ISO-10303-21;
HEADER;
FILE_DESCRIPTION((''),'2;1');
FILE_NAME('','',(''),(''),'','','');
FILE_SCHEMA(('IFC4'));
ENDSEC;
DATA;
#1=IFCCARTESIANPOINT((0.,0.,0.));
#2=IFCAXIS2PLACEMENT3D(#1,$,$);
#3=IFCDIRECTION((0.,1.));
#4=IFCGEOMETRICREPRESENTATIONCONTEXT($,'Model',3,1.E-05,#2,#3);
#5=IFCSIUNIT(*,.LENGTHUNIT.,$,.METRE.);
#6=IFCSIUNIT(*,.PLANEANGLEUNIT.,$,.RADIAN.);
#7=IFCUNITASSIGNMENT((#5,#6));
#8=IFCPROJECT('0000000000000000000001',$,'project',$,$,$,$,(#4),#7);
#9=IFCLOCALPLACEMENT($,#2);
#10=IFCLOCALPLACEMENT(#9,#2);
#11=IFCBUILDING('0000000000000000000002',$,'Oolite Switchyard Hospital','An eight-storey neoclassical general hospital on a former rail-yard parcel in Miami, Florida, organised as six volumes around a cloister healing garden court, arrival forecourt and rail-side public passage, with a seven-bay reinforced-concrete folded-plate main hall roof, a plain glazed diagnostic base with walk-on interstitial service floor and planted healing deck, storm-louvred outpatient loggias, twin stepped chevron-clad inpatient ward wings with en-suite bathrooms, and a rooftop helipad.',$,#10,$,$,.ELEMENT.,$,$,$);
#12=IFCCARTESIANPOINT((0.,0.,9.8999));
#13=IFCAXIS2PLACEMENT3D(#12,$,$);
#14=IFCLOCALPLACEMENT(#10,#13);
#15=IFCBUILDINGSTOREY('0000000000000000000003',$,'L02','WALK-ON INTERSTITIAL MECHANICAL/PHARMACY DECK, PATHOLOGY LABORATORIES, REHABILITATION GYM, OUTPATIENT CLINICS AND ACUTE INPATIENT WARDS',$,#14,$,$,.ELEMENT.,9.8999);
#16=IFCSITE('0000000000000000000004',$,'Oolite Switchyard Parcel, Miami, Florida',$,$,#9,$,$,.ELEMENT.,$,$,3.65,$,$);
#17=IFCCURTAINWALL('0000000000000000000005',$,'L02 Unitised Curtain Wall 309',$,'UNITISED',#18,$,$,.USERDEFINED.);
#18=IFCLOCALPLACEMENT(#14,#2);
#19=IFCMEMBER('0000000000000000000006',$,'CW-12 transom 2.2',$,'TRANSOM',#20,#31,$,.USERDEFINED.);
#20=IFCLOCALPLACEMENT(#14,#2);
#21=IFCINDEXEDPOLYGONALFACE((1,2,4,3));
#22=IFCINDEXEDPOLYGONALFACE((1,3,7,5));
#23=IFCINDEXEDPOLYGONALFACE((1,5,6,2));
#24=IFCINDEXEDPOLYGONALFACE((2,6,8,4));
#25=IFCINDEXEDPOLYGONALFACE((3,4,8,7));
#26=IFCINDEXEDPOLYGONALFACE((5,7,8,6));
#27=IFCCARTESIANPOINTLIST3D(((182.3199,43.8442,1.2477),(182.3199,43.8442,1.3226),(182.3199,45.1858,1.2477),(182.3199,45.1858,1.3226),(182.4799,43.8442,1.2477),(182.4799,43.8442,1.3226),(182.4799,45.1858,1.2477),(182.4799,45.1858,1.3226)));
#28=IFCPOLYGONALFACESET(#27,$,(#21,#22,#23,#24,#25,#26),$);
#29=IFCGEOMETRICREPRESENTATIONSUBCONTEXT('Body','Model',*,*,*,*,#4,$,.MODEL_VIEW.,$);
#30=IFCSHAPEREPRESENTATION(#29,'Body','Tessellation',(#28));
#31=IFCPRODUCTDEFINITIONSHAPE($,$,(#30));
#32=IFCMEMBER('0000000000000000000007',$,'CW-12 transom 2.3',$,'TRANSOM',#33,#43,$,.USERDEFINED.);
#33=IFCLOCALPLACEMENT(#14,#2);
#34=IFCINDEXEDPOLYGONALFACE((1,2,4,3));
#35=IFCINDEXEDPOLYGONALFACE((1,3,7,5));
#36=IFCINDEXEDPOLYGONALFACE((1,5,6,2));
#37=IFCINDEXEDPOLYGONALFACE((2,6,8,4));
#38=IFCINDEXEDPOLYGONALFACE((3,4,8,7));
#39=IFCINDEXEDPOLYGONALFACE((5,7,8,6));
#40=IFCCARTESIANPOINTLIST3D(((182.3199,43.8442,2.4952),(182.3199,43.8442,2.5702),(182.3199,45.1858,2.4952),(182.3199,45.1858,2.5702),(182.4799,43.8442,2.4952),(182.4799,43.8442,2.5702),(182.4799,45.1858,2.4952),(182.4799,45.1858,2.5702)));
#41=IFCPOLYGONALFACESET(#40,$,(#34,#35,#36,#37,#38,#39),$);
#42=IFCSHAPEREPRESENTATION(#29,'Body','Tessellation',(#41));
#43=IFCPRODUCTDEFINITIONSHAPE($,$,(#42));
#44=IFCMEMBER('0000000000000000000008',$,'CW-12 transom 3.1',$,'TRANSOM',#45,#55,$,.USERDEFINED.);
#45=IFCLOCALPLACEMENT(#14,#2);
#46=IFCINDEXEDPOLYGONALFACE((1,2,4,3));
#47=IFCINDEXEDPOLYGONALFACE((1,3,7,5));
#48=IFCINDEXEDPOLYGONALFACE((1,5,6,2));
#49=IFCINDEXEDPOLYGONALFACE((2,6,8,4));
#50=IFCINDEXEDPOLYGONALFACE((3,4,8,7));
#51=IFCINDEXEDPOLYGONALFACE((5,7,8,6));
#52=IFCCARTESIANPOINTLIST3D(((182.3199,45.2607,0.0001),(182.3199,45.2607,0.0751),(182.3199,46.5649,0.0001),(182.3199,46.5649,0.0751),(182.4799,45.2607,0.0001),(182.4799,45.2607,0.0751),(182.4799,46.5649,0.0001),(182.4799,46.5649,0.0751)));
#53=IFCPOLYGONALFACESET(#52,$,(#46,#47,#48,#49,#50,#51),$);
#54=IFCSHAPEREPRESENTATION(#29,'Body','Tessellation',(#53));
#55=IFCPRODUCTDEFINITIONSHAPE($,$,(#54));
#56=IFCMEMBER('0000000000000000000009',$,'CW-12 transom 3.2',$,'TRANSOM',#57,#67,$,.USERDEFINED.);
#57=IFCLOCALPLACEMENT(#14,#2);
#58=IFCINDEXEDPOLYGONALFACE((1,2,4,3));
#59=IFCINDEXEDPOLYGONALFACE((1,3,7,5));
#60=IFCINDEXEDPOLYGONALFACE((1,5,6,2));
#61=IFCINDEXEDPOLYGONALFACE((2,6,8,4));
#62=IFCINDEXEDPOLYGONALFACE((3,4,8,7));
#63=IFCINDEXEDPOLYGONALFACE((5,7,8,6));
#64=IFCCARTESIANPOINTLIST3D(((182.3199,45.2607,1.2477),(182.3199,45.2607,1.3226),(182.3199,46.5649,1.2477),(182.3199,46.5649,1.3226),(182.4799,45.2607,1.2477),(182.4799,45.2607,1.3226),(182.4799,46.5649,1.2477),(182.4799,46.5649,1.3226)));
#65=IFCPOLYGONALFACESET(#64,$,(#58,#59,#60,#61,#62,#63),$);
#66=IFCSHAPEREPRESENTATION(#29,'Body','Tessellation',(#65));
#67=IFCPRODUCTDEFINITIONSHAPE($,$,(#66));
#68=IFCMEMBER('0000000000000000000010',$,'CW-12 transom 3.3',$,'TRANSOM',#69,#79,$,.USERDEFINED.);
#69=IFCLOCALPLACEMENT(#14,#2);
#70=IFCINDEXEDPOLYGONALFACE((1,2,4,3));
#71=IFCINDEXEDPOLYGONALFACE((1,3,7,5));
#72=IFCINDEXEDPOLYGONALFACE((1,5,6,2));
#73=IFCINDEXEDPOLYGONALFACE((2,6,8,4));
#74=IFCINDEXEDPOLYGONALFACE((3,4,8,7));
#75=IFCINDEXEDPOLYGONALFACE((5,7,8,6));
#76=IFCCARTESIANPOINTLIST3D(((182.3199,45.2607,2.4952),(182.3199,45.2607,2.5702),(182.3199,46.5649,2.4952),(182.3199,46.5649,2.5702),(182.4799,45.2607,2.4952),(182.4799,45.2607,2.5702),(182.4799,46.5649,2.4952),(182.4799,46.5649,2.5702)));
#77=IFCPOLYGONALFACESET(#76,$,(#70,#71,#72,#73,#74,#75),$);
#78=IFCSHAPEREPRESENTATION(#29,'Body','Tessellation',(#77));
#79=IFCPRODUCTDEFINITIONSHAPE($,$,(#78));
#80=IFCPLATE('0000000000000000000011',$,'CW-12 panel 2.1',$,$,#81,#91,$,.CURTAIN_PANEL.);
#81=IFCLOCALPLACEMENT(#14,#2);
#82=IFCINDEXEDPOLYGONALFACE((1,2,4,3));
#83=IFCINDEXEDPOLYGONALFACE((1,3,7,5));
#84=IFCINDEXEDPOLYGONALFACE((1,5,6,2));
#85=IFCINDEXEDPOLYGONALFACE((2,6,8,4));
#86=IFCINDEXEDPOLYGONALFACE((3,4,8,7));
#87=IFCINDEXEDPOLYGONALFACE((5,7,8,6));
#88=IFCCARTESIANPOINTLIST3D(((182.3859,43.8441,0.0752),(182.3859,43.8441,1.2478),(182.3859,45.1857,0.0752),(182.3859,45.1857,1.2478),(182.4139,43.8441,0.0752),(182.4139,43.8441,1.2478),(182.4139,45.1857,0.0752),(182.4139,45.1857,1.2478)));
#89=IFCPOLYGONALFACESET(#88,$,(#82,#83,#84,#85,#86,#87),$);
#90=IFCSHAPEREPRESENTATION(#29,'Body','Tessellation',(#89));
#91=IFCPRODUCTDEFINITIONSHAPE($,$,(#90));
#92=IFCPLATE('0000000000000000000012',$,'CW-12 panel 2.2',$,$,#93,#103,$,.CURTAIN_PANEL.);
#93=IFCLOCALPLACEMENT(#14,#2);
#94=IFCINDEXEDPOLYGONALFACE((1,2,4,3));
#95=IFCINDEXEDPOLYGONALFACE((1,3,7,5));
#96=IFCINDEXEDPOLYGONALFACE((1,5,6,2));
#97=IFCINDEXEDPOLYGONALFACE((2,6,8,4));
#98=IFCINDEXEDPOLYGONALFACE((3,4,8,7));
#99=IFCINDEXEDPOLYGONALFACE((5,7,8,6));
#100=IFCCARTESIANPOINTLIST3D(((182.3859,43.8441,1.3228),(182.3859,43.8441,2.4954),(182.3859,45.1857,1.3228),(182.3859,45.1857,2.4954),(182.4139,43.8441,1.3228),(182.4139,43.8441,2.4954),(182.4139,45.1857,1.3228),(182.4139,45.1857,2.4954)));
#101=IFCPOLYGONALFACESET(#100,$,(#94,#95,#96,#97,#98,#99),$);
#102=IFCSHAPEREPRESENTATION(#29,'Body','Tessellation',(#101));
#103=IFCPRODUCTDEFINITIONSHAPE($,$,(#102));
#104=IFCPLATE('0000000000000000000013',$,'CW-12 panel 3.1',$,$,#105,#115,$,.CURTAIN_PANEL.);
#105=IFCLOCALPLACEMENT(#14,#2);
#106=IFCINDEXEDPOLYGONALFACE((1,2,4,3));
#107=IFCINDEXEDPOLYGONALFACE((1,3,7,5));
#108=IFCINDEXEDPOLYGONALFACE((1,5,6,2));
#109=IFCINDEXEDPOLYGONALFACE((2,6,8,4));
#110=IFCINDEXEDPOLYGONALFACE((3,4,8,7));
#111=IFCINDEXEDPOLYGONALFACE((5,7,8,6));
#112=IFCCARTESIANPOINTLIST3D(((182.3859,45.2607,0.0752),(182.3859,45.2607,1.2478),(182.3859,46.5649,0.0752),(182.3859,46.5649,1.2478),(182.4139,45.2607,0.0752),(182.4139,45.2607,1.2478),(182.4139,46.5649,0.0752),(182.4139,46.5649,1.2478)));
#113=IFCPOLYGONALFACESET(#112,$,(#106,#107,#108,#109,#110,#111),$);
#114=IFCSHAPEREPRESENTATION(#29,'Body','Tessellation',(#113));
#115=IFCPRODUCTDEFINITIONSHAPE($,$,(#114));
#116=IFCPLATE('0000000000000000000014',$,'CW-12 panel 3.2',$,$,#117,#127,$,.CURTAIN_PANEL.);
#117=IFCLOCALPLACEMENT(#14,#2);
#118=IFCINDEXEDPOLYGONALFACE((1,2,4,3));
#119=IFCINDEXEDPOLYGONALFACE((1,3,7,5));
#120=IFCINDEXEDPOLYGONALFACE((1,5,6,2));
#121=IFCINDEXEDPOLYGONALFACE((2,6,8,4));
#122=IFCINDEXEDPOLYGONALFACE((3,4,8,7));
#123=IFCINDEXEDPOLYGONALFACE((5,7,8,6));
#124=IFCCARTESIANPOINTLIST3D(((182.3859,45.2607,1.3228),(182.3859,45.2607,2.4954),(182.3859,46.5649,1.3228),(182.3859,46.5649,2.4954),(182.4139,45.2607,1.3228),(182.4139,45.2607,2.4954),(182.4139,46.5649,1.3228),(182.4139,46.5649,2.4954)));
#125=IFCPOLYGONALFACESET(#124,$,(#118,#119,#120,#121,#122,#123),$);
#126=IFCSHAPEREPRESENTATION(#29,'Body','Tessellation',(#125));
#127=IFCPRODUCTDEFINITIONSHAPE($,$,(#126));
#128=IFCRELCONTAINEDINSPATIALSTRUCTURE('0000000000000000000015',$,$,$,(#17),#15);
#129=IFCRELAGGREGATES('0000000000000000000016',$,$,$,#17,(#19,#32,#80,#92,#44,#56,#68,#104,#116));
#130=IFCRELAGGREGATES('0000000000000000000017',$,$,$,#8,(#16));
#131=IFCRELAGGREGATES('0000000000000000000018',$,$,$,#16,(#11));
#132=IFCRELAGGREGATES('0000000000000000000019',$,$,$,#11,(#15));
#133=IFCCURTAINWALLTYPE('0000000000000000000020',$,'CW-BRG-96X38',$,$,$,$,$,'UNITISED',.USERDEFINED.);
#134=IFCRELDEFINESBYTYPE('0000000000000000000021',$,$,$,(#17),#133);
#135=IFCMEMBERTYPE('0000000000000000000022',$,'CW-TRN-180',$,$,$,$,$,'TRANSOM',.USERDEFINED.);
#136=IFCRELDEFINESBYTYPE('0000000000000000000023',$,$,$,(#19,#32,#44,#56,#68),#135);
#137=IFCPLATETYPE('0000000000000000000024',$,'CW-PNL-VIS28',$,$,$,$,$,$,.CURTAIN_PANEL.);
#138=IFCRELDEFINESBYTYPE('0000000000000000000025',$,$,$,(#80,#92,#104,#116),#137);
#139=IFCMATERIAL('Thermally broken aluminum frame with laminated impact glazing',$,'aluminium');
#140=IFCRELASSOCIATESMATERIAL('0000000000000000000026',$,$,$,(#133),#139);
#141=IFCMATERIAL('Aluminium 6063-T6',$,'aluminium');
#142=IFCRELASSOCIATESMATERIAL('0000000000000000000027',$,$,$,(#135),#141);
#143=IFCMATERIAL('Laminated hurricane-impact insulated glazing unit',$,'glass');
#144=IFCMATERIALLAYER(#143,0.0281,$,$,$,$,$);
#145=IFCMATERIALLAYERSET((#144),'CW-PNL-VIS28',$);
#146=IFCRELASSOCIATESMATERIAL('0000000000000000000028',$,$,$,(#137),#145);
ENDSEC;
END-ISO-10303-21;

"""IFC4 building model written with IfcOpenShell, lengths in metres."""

from ifc_helpers import new_model, si_unit, direction, frame, origin, origin_2d, place, context, subcontext, project, spatial, rectangle, extrude, material, layer, layer_set, material_profile, profile_set, type_object, element, aggregate, save


model = new_model("IFC4")

# Units and contexts
model_context = context("Model", 3, precision=1e-05, world=origin(), true_north=direction((0.0, 1.0)))
body_context = subcontext(model_context, "Body", "Model", "MODEL_VIEW")
ifc_project = project(units=[si_unit("LENGTHUNIT", "METRE"), si_unit("PLANEANGLEUNIT", "RADIAN")], contexts=[model_context])

# Site, building, storey
site_placement = place(None, origin())
site = spatial("IfcSite", under=ifc_project, at=site_placement, Name="Oolite Switchyard Parcel, Miami, Florida", CompositionType="ELEMENT", RefElevation=3.65)
building_placement = place(site_placement, origin())
building = spatial("IfcBuilding", under=site, at=building_placement, Name="Oolite Switchyard Hospital", Description="An eight-storey neoclassical general hospital on a former rail-yard parcel in Miami, Florida, organised as six volumes around a cloister healing garden court, arrival forecourt and rail-side public passage, with a seven-bay reinforced-concrete folded-plate main hall roof, a plain glazed diagnostic base with walk-on interstitial service floor and planted healing deck, storm-louvred outpatient loggias, twin stepped chevron-clad inpatient ward wings with en-suite bathrooms, and a rooftop helipad.", CompositionType="ELEMENT")
storey_placement = place(building_placement, frame((0.0, 0.0, 9.8999)))
storey = spatial("IfcBuildingStorey", under=building, at=storey_placement, Name="L02", Description="WALK-ON INTERSTITIAL MECHANICAL/PHARMACY DECK, PATHOLOGY LABORATORIES, REHABILITATION GYM, OUTPATIENT CLINICS AND ACUTE INPATIENT WARDS", CompositionType="ELEMENT", Elevation=9.8999)

# Curtain wall, members, plates
ifc_material_1 = material(Name="Thermally broken aluminum frame with laminated impact glazing", Category="aluminium")
curtain_wall_type = type_object("IfcCurtainWallType", Name="CW-BRG-96X38", ElementType="UNITISED", PredefinedType="USERDEFINED", material=ifc_material_1)
curtain_wall_placement = place(storey_placement, origin())
curtain_wall = element("IfcCurtainWall", 1, at=curtain_wall_placement, inside=storey, type_object=curtain_wall_type, Name="L02 Unitised Curtain Wall 309", ObjectType="UNITISED", PredefinedType="USERDEFINED")
ifc_material_2 = material(Name="Aluminium 6063-T6", Category="aluminium")
ifc_material_profile_1 = material_profile(ifc_material_2, rectangle(XDim=0.1599, YDim=0.075, at=origin_2d()), Name="CWT75X160")
ifc_profile_set_1 = profile_set([ifc_material_profile_1], Name="Aluminium 6063-T6")
member_type_1 = type_object("IfcMemberType", Name="CW-TRN-180", ElementType="TRANSOM", PredefinedType="USERDEFINED", material=ifc_profile_set_1)
member_1_placement = place(storey_placement, frame((182.3999, 43.8442, 1.2852), z_axis=(0.0, 1.0, 0.0), x_axis=(-1.0, 0.0, 0.0)))
member_1 = element("IfcMember", 2, at=member_1_placement, type_object=member_type_1, Name="CW-12 transom 2.2", ObjectType="TRANSOM", PredefinedType="USERDEFINED", context=body_context, shape_type="SweptSolid", body=[
    extrude(rectangle(XDim=0.1599, YDim=0.075, at=origin_2d()), origin(), (0.0, 0.0, 1.0), 1.3416),
])
member_2_placement = place(storey_placement, frame((182.3999, 43.8442, 2.5327), z_axis=(0.0, 1.0, 0.0), x_axis=(-1.0, 0.0, 0.0)))
member_2 = element("IfcMember", 3, at=member_2_placement, type_object=member_type_1, Name="CW-12 transom 2.3", ObjectType="TRANSOM", PredefinedType="USERDEFINED", context=body_context, shape_type="SweptSolid", body=[
    extrude(rectangle(XDim=0.1599, YDim=0.075, at=origin_2d()), origin(), (0.0, 0.0, 1.0), 1.3416),
])
member_3_placement = place(storey_placement, frame((182.3999, 45.2607, 0.0376), z_axis=(0.0, 1.0, 0.0), x_axis=(-1.0, 0.0, 0.0)))
member_3 = element("IfcMember", 4, at=member_3_placement, type_object=member_type_1, Name="CW-12 transom 3.1", ObjectType="TRANSOM", PredefinedType="USERDEFINED", context=body_context, shape_type="SweptSolid", body=[
    extrude(rectangle(XDim=0.1599, YDim=0.075, at=origin_2d()), origin(), (0.0, 0.0, 1.0), 1.3042),
])
member_4_placement = place(storey_placement, frame((182.3999, 45.2607, 1.2852), z_axis=(0.0, 1.0, 0.0), x_axis=(-1.0, 0.0, 0.0)))
member_4 = element("IfcMember", 5, at=member_4_placement, type_object=member_type_1, Name="CW-12 transom 3.2", ObjectType="TRANSOM", PredefinedType="USERDEFINED", context=body_context, shape_type="SweptSolid", body=[
    extrude(rectangle(XDim=0.1599, YDim=0.075, at=origin_2d()), origin(), (0.0, 0.0, 1.0), 1.3042),
])
member_5_placement = place(storey_placement, frame((182.3999, 45.2607, 2.5327), z_axis=(0.0, 1.0, 0.0), x_axis=(-1.0, 0.0, 0.0)))
member_5 = element("IfcMember", 6, at=member_5_placement, type_object=member_type_1, Name="CW-12 transom 3.3", ObjectType="TRANSOM", PredefinedType="USERDEFINED", context=body_context, shape_type="SweptSolid", body=[
    extrude(rectangle(XDim=0.1599, YDim=0.075, at=origin_2d()), origin(), (0.0, 0.0, 1.0), 1.3042),
])
ifc_material_3 = material(Name="Laminated hurricane-impact insulated glazing unit", Category="glass")
ifc_layer = layer(ifc_material_3, 0.0281)
ifc_layer_set = layer_set([ifc_layer], Name="CW-PNL-VIS28")
plate_type = type_object("IfcPlateType", Name="CW-PNL-VIS28", PredefinedType="CURTAIN_PANEL", material=ifc_layer_set)
plate_1_placement = place(storey_placement, frame((182.3999, 44.5149, 0.0752), z_axis=(0.0, 0.0, 1.0), x_axis=(0.0, 1.0, 0.0)))
plate_1 = element("IfcPlate", 7, at=plate_1_placement, type_object=plate_type, Name="CW-12 panel 2.1", PredefinedType="CURTAIN_PANEL", context=body_context, shape_type="SweptSolid", body=[
    extrude(rectangle(XDim=1.3416, YDim=0.0281, at=origin_2d()), origin(), (0.0, 0.0, 1.0), 1.1726),
])
plate_2_placement = place(storey_placement, frame((182.3999, 44.5149, 1.3228), z_axis=(0.0, 0.0, 1.0), x_axis=(0.0, 1.0, 0.0)))
plate_2 = element("IfcPlate", 8, at=plate_2_placement, type_object=plate_type, Name="CW-12 panel 2.2", PredefinedType="CURTAIN_PANEL", context=body_context, shape_type="SweptSolid", body=[
    extrude(rectangle(XDim=1.3416, YDim=0.0281, at=origin_2d()), origin(), (0.0, 0.0, 1.0), 1.1726),
])
plate_3_placement = place(storey_placement, frame((182.3999, 45.9128, 0.0752), z_axis=(0.0, 0.0, 1.0), x_axis=(0.0, 1.0, 0.0)))
plate_3 = element("IfcPlate", 9, at=plate_3_placement, type_object=plate_type, Name="CW-12 panel 3.1", PredefinedType="CURTAIN_PANEL", context=body_context, shape_type="SweptSolid", body=[
    extrude(rectangle(XDim=1.3042, YDim=0.0281, at=origin_2d()), origin(), (0.0, 0.0, 1.0), 1.1726),
])
plate_4_placement = place(storey_placement, frame((182.3999, 45.9128, 1.3228), z_axis=(0.0, 0.0, 1.0), x_axis=(0.0, 1.0, 0.0)))
plate_4 = element("IfcPlate", 10, at=plate_4_placement, type_object=plate_type, Name="CW-12 panel 3.2", PredefinedType="CURTAIN_PANEL", context=body_context, shape_type="SweptSolid", body=[
    extrude(rectangle(XDim=1.3042, YDim=0.0281, at=origin_2d()), origin(), (0.0, 0.0, 1.0), 1.1726),
])
aggregate(curtain_wall, [member_1, member_2, plate_1, plate_2, member_3, member_4, member_5, plate_3, plate_4])

save(model, "model.ifc")
